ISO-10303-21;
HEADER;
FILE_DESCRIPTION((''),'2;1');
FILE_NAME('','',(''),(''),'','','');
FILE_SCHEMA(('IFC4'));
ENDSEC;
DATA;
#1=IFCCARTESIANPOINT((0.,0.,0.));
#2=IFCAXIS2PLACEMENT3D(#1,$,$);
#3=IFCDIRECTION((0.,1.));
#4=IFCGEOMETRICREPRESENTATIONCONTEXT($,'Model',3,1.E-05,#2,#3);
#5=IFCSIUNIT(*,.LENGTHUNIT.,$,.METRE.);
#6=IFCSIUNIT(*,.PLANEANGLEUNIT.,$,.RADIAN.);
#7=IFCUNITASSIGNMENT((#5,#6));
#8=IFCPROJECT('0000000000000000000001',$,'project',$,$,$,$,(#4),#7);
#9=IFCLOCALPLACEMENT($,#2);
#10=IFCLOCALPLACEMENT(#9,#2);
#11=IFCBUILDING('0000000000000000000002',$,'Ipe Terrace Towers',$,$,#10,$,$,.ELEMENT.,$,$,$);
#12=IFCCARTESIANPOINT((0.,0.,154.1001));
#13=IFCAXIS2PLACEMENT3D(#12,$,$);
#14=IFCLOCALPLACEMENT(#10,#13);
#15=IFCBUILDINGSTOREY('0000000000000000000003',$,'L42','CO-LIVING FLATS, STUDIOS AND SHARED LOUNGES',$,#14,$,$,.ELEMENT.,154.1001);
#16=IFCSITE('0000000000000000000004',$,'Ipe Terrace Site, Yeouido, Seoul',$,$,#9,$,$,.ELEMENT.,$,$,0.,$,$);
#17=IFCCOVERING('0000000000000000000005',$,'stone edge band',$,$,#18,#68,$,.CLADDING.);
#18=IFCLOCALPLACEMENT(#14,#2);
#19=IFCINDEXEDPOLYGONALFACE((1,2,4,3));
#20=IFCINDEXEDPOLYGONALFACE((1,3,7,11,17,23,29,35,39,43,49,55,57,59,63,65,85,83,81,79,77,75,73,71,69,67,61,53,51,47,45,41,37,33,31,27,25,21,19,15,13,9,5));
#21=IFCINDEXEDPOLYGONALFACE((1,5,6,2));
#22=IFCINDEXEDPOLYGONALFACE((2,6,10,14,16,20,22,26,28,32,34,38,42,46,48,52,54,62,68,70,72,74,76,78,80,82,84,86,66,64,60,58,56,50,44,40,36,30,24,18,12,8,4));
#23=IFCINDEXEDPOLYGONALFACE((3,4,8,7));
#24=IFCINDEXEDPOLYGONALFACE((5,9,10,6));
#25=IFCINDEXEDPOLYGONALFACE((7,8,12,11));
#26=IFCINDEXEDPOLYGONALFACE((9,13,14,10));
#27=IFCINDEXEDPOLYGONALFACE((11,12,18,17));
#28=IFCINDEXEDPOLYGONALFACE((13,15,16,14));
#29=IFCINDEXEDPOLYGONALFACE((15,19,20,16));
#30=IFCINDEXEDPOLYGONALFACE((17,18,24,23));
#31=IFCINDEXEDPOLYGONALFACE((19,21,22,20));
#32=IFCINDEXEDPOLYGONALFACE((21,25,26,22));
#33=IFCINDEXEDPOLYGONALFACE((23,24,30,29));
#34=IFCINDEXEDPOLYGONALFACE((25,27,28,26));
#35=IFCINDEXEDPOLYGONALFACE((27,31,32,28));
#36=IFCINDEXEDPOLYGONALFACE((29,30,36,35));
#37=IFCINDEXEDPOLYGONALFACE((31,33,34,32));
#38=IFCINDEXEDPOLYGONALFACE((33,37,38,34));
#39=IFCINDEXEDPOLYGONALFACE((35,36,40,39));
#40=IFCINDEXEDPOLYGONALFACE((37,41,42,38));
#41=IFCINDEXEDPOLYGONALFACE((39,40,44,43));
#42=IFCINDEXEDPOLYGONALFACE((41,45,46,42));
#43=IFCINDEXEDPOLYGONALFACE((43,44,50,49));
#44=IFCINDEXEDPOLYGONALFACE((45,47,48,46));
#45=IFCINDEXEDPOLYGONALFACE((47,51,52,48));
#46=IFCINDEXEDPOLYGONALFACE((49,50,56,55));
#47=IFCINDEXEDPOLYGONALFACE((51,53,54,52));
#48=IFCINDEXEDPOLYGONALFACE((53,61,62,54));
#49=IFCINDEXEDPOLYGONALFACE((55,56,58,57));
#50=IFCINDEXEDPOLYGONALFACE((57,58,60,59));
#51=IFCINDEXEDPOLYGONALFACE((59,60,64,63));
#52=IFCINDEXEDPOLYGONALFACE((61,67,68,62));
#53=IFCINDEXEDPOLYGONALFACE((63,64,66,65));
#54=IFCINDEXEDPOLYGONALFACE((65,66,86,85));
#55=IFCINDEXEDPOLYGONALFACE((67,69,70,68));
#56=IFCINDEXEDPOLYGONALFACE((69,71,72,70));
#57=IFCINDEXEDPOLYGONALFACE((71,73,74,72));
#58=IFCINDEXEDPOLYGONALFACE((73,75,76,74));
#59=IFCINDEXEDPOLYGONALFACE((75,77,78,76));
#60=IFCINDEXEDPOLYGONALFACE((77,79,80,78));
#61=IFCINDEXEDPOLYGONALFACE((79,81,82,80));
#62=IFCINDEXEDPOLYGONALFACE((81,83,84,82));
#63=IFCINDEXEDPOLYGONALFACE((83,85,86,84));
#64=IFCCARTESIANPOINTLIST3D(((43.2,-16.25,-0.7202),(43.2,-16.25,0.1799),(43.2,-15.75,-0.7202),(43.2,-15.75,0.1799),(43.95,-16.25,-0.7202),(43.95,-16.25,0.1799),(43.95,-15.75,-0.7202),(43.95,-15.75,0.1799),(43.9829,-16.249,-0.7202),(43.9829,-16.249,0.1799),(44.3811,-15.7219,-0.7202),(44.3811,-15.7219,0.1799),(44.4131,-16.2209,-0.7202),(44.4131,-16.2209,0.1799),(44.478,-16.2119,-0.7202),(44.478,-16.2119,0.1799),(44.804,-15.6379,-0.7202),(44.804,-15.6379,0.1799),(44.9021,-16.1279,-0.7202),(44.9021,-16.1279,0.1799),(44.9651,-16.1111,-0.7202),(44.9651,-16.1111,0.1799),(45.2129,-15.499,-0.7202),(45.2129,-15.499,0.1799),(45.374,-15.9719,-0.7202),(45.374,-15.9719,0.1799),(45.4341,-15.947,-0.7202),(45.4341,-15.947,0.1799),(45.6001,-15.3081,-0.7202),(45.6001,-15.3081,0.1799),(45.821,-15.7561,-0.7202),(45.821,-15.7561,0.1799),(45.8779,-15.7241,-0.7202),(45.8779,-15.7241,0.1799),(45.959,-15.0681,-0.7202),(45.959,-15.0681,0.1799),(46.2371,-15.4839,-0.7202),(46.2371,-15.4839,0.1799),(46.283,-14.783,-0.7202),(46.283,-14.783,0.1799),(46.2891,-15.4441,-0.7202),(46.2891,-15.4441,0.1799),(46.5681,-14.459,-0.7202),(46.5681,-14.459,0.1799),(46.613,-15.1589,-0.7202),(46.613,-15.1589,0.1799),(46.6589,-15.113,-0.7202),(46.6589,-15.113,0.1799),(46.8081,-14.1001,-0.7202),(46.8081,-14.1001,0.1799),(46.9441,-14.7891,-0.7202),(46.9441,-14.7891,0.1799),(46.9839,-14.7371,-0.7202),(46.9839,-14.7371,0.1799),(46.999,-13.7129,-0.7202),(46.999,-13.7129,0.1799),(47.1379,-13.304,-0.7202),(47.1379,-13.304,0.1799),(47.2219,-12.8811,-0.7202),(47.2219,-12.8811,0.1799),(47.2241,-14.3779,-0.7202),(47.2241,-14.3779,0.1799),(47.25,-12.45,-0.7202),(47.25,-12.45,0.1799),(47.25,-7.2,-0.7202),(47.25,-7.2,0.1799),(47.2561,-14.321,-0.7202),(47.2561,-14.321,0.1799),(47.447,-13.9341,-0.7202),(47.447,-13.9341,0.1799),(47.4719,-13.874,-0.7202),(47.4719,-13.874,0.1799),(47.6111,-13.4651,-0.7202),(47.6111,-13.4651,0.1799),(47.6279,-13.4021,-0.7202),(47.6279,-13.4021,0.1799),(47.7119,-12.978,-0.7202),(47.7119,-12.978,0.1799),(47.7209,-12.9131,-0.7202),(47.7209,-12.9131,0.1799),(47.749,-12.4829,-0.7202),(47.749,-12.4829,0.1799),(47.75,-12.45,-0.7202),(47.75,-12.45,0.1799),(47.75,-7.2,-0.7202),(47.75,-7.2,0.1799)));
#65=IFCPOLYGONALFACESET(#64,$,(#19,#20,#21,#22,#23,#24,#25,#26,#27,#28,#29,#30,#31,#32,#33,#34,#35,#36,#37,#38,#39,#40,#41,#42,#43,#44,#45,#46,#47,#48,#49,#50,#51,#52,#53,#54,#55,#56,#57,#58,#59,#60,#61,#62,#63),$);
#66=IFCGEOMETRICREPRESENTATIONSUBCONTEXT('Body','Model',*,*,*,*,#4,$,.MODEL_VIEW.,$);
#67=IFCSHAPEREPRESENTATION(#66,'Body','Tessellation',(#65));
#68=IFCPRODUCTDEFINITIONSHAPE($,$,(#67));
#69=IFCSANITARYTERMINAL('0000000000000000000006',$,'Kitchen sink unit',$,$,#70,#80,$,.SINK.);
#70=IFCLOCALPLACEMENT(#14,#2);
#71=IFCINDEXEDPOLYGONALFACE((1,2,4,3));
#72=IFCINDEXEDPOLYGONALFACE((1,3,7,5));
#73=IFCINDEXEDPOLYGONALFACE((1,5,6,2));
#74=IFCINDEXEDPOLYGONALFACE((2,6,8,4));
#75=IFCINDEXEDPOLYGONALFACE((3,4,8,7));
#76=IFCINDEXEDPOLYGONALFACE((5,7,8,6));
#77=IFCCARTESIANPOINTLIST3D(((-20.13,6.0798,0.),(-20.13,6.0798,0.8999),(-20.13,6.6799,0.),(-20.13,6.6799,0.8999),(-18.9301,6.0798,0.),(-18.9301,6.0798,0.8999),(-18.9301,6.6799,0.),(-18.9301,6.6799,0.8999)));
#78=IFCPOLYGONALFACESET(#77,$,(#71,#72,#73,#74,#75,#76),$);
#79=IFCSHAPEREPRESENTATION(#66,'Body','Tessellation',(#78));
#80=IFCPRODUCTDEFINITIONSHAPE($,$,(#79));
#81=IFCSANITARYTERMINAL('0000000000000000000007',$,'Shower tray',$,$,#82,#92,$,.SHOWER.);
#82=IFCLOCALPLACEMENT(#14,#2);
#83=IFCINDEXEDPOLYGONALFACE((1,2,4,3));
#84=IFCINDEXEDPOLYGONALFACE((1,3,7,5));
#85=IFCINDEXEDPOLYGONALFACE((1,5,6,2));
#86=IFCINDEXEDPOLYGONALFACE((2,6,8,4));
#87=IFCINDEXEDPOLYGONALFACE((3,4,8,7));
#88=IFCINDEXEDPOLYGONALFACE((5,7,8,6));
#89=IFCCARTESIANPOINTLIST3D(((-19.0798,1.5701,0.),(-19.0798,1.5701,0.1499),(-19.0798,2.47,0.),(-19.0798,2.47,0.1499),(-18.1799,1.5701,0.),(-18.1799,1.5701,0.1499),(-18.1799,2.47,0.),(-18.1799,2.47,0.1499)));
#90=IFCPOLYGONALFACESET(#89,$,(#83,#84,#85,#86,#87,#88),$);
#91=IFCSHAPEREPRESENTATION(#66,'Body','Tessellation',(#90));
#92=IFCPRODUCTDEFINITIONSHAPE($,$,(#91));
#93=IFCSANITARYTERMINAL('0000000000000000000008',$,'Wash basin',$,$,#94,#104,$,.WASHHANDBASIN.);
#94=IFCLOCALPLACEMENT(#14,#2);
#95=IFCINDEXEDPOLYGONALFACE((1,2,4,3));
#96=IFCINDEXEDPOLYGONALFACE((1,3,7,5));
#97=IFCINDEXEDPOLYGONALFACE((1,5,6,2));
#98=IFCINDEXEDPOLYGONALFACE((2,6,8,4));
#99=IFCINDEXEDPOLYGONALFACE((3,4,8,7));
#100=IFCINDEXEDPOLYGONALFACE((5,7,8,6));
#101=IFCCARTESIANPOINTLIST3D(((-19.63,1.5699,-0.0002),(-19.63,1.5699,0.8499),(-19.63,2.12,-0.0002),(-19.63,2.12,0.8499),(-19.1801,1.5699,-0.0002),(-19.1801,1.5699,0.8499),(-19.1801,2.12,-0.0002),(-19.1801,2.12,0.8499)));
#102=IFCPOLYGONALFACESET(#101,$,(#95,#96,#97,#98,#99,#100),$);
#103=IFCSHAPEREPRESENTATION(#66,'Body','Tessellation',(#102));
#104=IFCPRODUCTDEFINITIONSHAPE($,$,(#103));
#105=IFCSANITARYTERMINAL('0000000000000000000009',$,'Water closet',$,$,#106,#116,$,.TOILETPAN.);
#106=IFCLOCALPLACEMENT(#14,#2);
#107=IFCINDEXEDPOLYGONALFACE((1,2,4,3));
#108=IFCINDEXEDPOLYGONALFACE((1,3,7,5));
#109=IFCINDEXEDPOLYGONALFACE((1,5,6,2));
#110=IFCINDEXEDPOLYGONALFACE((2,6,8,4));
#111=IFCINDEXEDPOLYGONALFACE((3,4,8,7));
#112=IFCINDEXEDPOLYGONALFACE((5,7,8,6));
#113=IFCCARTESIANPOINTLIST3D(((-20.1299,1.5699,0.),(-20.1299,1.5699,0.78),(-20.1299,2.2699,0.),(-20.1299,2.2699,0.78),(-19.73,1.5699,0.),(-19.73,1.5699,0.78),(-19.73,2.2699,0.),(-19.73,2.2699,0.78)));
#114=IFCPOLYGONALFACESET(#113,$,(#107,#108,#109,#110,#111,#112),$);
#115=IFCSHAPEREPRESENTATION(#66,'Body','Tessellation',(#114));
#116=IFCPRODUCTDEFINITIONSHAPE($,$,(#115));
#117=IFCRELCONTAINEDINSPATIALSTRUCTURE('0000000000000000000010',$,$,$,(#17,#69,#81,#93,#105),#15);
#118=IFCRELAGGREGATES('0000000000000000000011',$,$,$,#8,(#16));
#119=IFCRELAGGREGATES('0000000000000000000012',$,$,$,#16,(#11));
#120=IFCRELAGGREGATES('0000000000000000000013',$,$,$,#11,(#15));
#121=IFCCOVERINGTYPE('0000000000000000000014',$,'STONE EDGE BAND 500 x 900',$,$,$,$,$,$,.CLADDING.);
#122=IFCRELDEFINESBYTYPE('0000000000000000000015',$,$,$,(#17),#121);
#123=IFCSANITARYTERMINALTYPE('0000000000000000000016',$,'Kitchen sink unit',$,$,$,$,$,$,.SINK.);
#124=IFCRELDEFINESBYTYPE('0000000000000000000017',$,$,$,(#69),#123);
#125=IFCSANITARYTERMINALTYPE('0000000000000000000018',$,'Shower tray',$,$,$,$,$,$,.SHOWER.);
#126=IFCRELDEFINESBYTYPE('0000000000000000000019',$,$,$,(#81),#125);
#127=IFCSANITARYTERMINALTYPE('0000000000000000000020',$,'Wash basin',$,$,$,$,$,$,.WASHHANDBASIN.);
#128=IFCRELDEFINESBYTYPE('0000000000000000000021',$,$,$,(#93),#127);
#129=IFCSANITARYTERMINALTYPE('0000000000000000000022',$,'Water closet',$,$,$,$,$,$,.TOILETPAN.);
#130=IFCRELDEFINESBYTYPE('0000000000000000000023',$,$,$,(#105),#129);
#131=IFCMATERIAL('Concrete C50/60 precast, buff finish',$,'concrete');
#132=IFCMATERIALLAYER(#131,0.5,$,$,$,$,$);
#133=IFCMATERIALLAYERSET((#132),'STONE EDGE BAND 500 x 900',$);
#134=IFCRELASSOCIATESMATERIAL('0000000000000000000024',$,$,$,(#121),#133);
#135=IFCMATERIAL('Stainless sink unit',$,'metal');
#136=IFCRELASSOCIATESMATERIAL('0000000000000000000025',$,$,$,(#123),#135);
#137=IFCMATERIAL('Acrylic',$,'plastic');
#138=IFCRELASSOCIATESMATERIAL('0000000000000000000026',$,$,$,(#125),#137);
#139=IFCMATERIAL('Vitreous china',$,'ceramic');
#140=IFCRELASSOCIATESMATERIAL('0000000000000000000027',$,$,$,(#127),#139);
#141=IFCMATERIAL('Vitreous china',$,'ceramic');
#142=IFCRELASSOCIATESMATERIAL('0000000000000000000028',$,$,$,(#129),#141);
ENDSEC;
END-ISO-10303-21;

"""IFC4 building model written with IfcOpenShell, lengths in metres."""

from ifc_helpers import new_model, si_unit, direction, frame, origin, origin_2d, place, context, subcontext, project, spatial, polyline, rectangle, outline, extrude, material, layer, layer_set, type_object, element, save


model = new_model("IFC4")

# Units and contexts
model_context = context("Model", 3, precision=1e-05, world=origin(), true_north=direction((0.0, 1.0)))
body_context = subcontext(model_context, "Body", "Model", "MODEL_VIEW")
ifc_project = project(units=[si_unit("LENGTHUNIT", "METRE"), si_unit("PLANEANGLEUNIT", "RADIAN")], contexts=[model_context])

# Site, building, storey
site_placement = place(None, origin())
site = spatial("IfcSite", under=ifc_project, at=site_placement, Name="Ipe Terrace Site, Yeouido, Seoul", CompositionType="ELEMENT", RefElevation=0.0)
building_placement = place(site_placement, origin())
building = spatial("IfcBuilding", under=site, at=building_placement, Name="Ipe Terrace Towers", CompositionType="ELEMENT")
storey_placement = place(building_placement, frame((0.0, 0.0, 154.1001)))
storey = spatial("IfcBuildingStorey", under=building, at=storey_placement, Name="L42", Description="CO-LIVING FLATS, STUDIOS AND SHARED LOUNGES", CompositionType="ELEMENT", Elevation=154.1001)

# Covering
ifc_material_1 = material(Name="Concrete C50/60 precast, buff finish", Category="concrete")
ifc_layer_1 = layer(ifc_material_1, 0.5)
ifc_layer_set_1 = layer_set([ifc_layer_1], Name="STONE EDGE BAND 500 x 900")
covering_type = type_object("IfcCoveringType", Name="STONE EDGE BAND 500 x 900", PredefinedType="CLADDING", material=ifc_layer_set_1)
covering_placement = place(storey_placement, frame((0.0, 0.0, -0.7202)))
element("IfcCovering", 1, at=covering_placement, inside=storey, type_object=covering_type, Name="stone edge band", PredefinedType="CLADDING", context=body_context, shape_type="SweptSolid", body=[
    extrude(outline(polyline([(47.75, -12.45), (47.75, -7.2), (47.25, -7.2), (47.25, -12.45), (47.2219, -12.8811), (47.1379, -13.304), (46.999, -13.7129), (46.8081, -14.1001), (46.5681, -14.459), (46.283, -14.783), (45.959, -15.0681), (45.6001, -15.3081), (45.2129, -15.499), (44.804, -15.6379), (44.3811, -15.7219), (43.95, -15.75), (43.2, -15.75), (43.2, -16.25), (43.95, -16.25), (43.9829, -16.249), (44.4131, -16.2209), (44.478, -16.2119), (44.9021, -16.1279), (44.9651, -16.1111), (45.374, -15.9719), (45.4341, -15.947), (45.821, -15.7561), (45.8779, -15.7241), (46.2371, -15.4839), (46.2891, -15.4441), (46.613, -15.1589), (46.6589, -15.113), (46.9441, -14.7891), (46.9839, -14.7371), (47.2241, -14.3779), (47.2561, -14.321), (47.447, -13.9341), (47.4719, -13.874), (47.6111, -13.4651), (47.6279, -13.4021), (47.7119, -12.978), (47.7209, -12.9131), (47.749, -12.4829), (47.75, -12.45)])), origin(), (0.0, 0.0, 1.0), 0.9001),
])

# Sanitary terminals
ifc_material_2 = material(Name="Stainless sink unit", Category="metal")
sanitary_terminal_type_1 = type_object("IfcSanitaryTerminalType", Name="Kitchen sink unit", PredefinedType="SINK", material=ifc_material_2)
sanitary_terminal_1_placement = place(storey_placement, frame((-19.53, 6.3799, 0.0), z_axis=(0.0, 0.0, 1.0), x_axis=(1.0, 0.0, 0.0)))
element("IfcSanitaryTerminal", 2, at=sanitary_terminal_1_placement, inside=storey, type_object=sanitary_terminal_type_1, Name="Kitchen sink unit", PredefinedType="SINK", context=body_context, shape_type="SweptSolid", body=[
    extrude(rectangle(XDim=1.2, YDim=0.6001, at=origin_2d()), origin(), (0.0, 0.0, 1.0), 0.8999),
])
ifc_material_3 = material(Name="Acrylic", Category="plastic")
sanitary_terminal_type_2 = type_object("IfcSanitaryTerminalType", Name="Shower tray", PredefinedType="SHOWER", material=ifc_material_3)
sanitary_terminal_2_placement = place(storey_placement, frame((-18.6299, 2.02, 0.0), z_axis=(0.0, 0.0, 1.0), x_axis=(0.0, 1.0, 0.0)))
element("IfcSanitaryTerminal", 3, at=sanitary_terminal_2_placement, inside=storey, type_object=sanitary_terminal_type_2, Name="Shower tray", PredefinedType="SHOWER", context=body_context, shape_type="SweptSolid", body=[
    extrude(rectangle(XDim=0.8999, YDim=0.8999, at=origin_2d()), origin(), (0.0, 0.0, 1.0), 0.1499),
])
ifc_material_4 = material(Name="Vitreous china", Category="ceramic")
sanitary_terminal_type_3 = type_object("IfcSanitaryTerminalType", Name="Wash basin", PredefinedType="WASHHANDBASIN", material=ifc_material_4)
sanitary_terminal_3_placement = place(storey_placement, frame((-19.405, 1.845, -0.0002), z_axis=(0.0, 0.0, 1.0), x_axis=(0.0, 1.0, 0.0)))
element("IfcSanitaryTerminal", 4, at=sanitary_terminal_3_placement, inside=storey, type_object=sanitary_terminal_type_3, Name="Wash basin", PredefinedType="WASHHANDBASIN", context=body_context, shape_type="SweptSolid", body=[
    extrude(rectangle(XDim=0.55, YDim=0.45, at=origin_2d()), origin(), (0.0, 0.0, 1.0), 0.8501),
])
ifc_material_5 = material(Name="Vitreous china", Category="ceramic")
sanitary_terminal_type_4 = type_object("IfcSanitaryTerminalType", Name="Water closet", PredefinedType="TOILETPAN", material=ifc_material_5)
sanitary_terminal_4_placement = place(storey_placement, frame((-19.9299, 1.9199, 0.0), z_axis=(0.0, 0.0, 1.0), x_axis=(0.0, 1.0, 0.0)))
element("IfcSanitaryTerminal", 5, at=sanitary_terminal_4_placement, inside=storey, type_object=sanitary_terminal_type_4, Name="Water closet", PredefinedType="TOILETPAN", context=body_context, shape_type="SweptSolid", body=[
    extrude(rectangle(XDim=0.7, YDim=0.3999, at=origin_2d()), origin(), (0.0, 0.0, 1.0), 0.78),
])

save(model, "model.ifc")
